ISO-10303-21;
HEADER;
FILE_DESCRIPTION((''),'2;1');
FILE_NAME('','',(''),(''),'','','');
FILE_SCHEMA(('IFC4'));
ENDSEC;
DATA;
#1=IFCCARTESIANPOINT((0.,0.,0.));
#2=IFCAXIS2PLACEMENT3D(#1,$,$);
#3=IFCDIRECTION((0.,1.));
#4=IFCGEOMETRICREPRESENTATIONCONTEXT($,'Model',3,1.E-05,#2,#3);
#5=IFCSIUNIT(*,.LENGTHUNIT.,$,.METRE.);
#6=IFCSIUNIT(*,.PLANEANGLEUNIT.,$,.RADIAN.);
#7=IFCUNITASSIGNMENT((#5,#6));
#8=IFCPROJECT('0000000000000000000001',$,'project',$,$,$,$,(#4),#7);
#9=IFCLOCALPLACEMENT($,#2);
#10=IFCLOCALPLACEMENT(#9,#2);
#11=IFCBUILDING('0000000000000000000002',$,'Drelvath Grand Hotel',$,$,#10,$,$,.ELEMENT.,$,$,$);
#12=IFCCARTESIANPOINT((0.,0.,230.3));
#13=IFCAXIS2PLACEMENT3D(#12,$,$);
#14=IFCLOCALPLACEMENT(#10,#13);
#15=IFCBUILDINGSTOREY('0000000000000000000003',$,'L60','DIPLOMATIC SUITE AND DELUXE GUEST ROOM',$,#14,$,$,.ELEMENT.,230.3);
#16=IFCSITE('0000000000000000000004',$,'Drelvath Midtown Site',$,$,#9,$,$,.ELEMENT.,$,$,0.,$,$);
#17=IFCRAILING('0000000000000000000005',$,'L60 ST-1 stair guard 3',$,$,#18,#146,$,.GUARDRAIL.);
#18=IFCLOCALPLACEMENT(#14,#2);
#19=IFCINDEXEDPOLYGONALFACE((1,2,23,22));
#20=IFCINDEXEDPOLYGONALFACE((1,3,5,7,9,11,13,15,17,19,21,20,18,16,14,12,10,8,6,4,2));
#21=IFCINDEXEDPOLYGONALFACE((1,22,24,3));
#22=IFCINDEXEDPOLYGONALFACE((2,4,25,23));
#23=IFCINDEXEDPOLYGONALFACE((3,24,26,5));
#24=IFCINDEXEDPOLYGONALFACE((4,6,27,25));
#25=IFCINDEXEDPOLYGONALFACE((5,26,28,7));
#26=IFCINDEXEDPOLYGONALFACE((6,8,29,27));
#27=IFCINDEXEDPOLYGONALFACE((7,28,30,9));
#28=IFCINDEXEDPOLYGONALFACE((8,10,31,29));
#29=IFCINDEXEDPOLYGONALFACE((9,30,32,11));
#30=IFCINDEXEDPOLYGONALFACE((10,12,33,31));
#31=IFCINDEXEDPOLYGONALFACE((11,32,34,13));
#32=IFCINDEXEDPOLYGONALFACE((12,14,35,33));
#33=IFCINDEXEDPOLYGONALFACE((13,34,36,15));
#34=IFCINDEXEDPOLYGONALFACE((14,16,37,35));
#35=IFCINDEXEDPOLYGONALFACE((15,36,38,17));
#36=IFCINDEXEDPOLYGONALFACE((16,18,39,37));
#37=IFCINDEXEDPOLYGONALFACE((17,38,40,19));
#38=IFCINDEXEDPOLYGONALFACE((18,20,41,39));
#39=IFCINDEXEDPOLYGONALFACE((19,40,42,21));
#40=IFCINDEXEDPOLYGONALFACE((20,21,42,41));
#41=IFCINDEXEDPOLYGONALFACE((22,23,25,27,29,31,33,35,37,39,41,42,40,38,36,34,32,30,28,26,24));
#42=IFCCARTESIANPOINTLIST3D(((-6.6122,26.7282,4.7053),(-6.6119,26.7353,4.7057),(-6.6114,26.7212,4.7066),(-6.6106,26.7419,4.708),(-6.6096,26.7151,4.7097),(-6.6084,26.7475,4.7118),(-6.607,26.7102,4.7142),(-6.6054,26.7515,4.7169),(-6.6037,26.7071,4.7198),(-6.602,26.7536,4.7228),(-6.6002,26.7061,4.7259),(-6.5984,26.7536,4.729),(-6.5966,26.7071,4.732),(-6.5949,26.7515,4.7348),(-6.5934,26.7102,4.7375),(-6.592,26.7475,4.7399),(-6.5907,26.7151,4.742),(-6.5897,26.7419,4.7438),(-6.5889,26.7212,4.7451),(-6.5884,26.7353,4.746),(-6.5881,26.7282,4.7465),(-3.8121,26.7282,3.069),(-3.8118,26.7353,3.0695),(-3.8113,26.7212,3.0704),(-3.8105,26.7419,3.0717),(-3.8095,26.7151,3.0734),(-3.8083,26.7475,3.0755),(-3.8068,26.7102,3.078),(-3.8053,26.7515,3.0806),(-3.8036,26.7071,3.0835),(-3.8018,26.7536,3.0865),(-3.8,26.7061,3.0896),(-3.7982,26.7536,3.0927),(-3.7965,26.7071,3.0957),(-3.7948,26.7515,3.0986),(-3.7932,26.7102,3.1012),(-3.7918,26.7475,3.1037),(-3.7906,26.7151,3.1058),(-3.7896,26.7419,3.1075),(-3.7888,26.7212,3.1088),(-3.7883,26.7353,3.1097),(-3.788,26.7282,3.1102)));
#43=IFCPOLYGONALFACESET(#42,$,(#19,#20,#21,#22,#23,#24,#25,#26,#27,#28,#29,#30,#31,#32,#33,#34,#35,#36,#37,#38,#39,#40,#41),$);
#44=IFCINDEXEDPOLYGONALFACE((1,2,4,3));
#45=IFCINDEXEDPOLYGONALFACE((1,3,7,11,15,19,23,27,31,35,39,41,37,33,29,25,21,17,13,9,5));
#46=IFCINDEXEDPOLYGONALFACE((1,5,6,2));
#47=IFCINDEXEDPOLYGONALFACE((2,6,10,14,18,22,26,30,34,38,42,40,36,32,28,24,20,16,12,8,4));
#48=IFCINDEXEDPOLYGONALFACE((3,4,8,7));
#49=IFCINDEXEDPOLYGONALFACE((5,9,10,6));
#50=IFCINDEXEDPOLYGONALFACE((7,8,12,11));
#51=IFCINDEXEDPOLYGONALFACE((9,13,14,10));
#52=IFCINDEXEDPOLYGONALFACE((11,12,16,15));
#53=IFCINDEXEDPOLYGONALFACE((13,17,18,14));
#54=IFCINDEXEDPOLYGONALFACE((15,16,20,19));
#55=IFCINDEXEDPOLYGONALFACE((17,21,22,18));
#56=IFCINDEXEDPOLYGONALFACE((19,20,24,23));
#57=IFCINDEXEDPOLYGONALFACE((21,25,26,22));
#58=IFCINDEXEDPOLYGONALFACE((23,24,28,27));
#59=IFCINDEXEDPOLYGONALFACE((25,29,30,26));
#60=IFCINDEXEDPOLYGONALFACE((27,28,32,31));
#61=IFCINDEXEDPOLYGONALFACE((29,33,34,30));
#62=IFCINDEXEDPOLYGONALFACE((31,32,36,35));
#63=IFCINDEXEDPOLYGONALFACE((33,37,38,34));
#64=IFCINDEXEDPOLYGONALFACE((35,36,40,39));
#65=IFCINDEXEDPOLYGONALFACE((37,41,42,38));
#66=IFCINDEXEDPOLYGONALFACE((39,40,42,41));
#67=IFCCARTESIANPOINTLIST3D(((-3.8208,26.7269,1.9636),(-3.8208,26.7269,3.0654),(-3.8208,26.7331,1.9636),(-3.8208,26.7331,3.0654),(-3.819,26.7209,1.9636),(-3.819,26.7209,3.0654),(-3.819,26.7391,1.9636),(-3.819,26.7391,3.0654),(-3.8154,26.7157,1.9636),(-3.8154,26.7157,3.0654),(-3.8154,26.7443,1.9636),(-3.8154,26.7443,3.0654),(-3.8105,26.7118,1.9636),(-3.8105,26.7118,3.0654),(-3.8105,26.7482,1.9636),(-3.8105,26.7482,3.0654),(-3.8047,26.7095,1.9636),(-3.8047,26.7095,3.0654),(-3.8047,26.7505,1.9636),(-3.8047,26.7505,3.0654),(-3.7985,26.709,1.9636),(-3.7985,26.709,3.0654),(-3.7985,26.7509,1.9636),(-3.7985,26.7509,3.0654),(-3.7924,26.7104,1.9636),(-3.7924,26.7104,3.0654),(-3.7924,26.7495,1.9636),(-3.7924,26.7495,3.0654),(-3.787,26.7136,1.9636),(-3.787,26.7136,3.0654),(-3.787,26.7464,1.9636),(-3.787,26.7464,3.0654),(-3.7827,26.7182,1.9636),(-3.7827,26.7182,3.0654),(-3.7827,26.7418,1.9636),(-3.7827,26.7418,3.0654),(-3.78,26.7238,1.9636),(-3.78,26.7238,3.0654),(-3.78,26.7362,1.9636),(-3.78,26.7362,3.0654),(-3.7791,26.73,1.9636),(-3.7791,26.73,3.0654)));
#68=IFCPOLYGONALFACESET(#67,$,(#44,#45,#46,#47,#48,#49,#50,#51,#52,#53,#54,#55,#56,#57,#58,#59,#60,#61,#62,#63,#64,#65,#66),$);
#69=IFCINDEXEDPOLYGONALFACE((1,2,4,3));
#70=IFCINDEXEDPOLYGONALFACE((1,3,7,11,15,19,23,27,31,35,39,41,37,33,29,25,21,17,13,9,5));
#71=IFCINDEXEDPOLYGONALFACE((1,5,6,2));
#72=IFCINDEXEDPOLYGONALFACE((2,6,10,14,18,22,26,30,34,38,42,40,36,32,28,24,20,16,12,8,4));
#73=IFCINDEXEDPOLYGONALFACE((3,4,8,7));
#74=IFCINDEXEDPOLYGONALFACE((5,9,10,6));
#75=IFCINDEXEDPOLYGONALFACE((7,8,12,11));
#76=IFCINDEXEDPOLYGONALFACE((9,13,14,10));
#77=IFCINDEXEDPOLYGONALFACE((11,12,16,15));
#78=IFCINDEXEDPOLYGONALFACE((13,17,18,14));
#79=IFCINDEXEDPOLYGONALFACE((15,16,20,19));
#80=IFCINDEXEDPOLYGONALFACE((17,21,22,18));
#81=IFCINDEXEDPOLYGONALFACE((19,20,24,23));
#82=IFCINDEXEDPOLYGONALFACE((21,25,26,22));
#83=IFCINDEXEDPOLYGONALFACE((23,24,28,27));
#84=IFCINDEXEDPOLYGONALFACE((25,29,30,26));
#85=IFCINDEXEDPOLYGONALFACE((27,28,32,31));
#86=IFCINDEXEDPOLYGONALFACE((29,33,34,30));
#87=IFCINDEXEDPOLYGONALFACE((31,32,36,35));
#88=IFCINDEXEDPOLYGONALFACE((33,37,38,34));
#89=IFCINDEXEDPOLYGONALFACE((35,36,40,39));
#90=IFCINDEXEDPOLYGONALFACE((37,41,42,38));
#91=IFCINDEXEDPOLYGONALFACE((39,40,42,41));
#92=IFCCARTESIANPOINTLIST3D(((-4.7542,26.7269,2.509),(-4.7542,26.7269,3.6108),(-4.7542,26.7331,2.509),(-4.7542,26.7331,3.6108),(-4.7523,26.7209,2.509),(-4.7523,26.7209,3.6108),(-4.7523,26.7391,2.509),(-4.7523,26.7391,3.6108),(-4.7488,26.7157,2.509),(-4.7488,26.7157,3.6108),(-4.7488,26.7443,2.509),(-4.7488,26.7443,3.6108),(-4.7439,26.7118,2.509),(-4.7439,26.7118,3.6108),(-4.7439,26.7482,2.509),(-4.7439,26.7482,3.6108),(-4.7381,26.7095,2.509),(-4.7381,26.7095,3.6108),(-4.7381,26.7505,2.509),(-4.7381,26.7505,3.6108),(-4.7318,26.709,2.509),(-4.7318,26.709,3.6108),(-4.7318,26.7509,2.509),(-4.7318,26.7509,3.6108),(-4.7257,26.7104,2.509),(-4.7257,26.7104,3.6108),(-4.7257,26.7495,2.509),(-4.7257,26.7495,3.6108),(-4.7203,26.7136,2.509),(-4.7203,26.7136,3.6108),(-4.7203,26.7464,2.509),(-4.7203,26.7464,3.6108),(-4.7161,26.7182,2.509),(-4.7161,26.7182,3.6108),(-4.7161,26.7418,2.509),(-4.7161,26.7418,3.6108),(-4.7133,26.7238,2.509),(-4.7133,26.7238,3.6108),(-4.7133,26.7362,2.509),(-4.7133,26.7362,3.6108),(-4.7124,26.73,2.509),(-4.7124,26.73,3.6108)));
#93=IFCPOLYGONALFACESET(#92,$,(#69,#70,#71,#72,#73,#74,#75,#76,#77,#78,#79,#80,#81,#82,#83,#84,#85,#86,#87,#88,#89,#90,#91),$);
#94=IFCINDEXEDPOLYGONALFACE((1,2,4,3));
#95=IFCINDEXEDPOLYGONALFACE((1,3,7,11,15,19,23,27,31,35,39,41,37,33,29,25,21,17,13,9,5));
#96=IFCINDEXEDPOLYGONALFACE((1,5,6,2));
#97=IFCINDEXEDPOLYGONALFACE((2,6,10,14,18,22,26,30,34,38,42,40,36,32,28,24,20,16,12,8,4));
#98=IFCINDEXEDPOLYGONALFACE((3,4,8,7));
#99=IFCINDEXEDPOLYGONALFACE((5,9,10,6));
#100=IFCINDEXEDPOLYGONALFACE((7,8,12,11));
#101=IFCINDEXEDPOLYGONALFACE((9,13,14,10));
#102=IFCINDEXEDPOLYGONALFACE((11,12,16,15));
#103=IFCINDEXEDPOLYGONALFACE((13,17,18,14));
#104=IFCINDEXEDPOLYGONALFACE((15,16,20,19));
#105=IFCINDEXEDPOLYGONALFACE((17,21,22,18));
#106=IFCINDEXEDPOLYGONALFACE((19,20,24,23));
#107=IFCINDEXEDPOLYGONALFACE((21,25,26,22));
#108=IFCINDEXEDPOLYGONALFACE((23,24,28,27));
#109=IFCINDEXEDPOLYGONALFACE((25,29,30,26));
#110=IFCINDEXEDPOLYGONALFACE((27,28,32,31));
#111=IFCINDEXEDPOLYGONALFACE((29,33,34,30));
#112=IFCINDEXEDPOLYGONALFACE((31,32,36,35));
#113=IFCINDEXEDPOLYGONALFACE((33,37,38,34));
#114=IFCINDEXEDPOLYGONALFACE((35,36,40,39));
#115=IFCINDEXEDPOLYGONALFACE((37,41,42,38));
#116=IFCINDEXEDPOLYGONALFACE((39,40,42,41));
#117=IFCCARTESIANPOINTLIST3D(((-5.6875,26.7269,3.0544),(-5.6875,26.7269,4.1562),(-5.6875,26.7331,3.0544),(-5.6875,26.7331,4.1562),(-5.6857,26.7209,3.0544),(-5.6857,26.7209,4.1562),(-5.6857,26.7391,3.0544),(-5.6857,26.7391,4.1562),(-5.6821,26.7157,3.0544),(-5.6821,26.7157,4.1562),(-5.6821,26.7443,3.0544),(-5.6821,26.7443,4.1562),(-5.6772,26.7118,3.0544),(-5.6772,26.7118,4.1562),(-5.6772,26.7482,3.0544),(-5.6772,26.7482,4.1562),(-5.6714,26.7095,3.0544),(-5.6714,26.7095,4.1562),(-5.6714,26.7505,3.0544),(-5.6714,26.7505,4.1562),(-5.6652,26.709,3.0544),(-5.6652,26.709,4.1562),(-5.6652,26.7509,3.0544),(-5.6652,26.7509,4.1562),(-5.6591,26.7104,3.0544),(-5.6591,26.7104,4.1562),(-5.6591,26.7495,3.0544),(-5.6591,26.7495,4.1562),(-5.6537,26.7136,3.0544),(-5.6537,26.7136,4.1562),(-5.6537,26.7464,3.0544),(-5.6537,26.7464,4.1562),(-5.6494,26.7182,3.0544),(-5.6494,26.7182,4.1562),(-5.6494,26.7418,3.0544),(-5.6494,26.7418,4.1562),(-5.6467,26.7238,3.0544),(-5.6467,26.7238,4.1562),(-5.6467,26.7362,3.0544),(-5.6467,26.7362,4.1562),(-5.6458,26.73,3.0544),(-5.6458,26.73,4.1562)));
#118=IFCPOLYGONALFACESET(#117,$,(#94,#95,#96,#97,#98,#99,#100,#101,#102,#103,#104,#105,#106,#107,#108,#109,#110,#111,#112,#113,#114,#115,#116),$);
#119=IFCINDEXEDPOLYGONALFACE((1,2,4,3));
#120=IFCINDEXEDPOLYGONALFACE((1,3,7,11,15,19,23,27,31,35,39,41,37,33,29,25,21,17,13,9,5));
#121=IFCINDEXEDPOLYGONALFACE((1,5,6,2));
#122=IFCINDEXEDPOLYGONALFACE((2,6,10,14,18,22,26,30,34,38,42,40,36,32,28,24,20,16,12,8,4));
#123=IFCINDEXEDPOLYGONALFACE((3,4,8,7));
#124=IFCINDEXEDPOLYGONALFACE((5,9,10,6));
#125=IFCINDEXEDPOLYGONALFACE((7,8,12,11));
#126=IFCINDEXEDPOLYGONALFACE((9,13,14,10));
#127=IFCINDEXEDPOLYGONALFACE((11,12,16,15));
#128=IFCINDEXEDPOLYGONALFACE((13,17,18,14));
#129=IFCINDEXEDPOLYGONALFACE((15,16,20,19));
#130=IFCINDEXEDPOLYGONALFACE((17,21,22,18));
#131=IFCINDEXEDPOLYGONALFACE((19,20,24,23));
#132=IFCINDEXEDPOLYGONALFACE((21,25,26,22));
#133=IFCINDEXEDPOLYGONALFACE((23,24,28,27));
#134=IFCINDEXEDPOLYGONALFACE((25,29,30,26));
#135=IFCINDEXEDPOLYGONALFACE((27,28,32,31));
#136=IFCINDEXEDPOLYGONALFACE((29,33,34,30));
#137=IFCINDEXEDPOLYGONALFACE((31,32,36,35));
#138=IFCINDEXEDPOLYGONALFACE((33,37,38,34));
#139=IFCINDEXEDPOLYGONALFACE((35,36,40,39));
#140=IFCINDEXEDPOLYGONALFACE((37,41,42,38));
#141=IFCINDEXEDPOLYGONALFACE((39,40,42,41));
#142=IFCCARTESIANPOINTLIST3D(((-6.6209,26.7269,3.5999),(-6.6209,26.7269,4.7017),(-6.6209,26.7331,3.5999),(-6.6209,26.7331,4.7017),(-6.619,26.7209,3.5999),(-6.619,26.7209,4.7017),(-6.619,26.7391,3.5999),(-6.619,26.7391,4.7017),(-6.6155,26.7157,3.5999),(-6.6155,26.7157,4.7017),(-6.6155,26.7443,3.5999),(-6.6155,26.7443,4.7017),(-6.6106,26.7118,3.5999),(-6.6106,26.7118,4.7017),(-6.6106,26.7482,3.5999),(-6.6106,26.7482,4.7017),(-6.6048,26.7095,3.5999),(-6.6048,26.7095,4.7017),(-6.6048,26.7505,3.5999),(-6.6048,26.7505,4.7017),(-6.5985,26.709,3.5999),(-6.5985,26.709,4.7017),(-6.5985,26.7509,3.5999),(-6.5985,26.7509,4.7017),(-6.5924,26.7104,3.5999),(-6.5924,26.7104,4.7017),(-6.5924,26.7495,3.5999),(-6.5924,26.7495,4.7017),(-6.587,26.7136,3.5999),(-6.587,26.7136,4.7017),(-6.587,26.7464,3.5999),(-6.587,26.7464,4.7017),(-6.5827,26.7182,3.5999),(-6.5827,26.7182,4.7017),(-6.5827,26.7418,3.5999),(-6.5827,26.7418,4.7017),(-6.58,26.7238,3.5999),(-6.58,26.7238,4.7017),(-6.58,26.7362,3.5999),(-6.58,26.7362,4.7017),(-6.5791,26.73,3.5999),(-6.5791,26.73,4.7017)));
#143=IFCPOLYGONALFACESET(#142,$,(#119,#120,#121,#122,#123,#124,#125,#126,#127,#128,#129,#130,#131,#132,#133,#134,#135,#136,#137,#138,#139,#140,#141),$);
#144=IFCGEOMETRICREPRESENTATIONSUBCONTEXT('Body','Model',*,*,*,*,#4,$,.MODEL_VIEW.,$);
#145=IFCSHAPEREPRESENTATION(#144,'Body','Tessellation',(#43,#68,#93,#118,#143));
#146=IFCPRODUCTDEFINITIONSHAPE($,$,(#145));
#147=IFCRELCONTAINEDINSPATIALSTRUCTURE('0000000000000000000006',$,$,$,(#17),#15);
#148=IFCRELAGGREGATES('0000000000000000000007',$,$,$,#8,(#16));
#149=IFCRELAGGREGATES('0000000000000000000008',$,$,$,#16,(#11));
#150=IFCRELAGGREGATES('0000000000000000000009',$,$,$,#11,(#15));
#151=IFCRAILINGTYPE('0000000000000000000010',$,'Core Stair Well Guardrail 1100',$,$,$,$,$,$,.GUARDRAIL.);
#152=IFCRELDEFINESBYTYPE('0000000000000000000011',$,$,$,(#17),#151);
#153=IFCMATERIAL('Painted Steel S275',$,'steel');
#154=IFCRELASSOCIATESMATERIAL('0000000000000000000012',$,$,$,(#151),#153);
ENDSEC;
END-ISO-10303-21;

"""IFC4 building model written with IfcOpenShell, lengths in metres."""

from ifc_helpers import new_model, si_unit, direction, frame, origin, origin_2d, place, context, subcontext, project, spatial, circle, extrude, material, type_object, element, save


model = new_model("IFC4")

# Units and contexts
model_context = context("Model", 3, precision=1e-05, world=origin(), true_north=direction((0.0, 1.0)))
body_context = subcontext(model_context, "Body", "Model", "MODEL_VIEW")
ifc_project = project(units=[si_unit("LENGTHUNIT", "METRE"), si_unit("PLANEANGLEUNIT", "RADIAN")], contexts=[model_context])

# Site, building, storey
site_placement = place(None, origin())
site = spatial("IfcSite", under=ifc_project, at=site_placement, Name="Drelvath Midtown Site", CompositionType="ELEMENT", RefElevation=0.0)
building_placement = place(site_placement, origin())
building = spatial("IfcBuilding", under=site, at=building_placement, Name="Drelvath Grand Hotel", CompositionType="ELEMENT")
storey_placement = place(building_placement, frame((0.0, 0.0, 230.3)))
storey = spatial("IfcBuildingStorey", under=building, at=storey_placement, Name="L60", Description="DIPLOMATIC SUITE AND DELUXE GUEST ROOM", CompositionType="ELEMENT", Elevation=230.3)

# Shared definitions
ifc_material_1 = material(Name="Painted Steel S275", Category="steel")

# Railing
railing_type_1 = type_object("IfcRailingType", Name="Core Stair Well Guardrail 1100", PredefinedType="GUARDRAIL", material=ifc_material_1)
railing_1_placement = place(storey_placement, frame((-3.8, 26.73, 1.9636)))
element("IfcRailing", 1, at=railing_1_placement, inside=storey, type_object=railing_type_1, Name="L60 ST-1 stair guard 3", PredefinedType="GUARDRAIL", context=body_context, shape_type="SweptSolid", body=[
    extrude(circle(Radius=0.0239, at=origin_2d()), frame((0.0, 0.0, 1.126), z_axis=(-0.863394, 0.0, 0.504531), x_axis=(0.0, -1.0, 0.0)), (0.0, 0.0, 1.0), 3.2432),
    extrude(circle(Radius=0.021, at=origin_2d()), origin(), (0.0, 0.0, 1.0), 1.1018),
    extrude(circle(Radius=0.021, at=origin_2d()), frame((-0.9333, 0.0, 0.5454)), (0.0, 0.0, 1.0), 1.1018),
    extrude(circle(Radius=0.021, at=origin_2d()), frame((-1.8667, 0.0, 1.0908)), (0.0, 0.0, 1.0), 1.1018),
    extrude(circle(Radius=0.021, at=origin_2d()), frame((-2.8, 0.0, 1.6362)), (0.0, 0.0, 1.0), 1.1018),
])

save(model, "model.ifc")
